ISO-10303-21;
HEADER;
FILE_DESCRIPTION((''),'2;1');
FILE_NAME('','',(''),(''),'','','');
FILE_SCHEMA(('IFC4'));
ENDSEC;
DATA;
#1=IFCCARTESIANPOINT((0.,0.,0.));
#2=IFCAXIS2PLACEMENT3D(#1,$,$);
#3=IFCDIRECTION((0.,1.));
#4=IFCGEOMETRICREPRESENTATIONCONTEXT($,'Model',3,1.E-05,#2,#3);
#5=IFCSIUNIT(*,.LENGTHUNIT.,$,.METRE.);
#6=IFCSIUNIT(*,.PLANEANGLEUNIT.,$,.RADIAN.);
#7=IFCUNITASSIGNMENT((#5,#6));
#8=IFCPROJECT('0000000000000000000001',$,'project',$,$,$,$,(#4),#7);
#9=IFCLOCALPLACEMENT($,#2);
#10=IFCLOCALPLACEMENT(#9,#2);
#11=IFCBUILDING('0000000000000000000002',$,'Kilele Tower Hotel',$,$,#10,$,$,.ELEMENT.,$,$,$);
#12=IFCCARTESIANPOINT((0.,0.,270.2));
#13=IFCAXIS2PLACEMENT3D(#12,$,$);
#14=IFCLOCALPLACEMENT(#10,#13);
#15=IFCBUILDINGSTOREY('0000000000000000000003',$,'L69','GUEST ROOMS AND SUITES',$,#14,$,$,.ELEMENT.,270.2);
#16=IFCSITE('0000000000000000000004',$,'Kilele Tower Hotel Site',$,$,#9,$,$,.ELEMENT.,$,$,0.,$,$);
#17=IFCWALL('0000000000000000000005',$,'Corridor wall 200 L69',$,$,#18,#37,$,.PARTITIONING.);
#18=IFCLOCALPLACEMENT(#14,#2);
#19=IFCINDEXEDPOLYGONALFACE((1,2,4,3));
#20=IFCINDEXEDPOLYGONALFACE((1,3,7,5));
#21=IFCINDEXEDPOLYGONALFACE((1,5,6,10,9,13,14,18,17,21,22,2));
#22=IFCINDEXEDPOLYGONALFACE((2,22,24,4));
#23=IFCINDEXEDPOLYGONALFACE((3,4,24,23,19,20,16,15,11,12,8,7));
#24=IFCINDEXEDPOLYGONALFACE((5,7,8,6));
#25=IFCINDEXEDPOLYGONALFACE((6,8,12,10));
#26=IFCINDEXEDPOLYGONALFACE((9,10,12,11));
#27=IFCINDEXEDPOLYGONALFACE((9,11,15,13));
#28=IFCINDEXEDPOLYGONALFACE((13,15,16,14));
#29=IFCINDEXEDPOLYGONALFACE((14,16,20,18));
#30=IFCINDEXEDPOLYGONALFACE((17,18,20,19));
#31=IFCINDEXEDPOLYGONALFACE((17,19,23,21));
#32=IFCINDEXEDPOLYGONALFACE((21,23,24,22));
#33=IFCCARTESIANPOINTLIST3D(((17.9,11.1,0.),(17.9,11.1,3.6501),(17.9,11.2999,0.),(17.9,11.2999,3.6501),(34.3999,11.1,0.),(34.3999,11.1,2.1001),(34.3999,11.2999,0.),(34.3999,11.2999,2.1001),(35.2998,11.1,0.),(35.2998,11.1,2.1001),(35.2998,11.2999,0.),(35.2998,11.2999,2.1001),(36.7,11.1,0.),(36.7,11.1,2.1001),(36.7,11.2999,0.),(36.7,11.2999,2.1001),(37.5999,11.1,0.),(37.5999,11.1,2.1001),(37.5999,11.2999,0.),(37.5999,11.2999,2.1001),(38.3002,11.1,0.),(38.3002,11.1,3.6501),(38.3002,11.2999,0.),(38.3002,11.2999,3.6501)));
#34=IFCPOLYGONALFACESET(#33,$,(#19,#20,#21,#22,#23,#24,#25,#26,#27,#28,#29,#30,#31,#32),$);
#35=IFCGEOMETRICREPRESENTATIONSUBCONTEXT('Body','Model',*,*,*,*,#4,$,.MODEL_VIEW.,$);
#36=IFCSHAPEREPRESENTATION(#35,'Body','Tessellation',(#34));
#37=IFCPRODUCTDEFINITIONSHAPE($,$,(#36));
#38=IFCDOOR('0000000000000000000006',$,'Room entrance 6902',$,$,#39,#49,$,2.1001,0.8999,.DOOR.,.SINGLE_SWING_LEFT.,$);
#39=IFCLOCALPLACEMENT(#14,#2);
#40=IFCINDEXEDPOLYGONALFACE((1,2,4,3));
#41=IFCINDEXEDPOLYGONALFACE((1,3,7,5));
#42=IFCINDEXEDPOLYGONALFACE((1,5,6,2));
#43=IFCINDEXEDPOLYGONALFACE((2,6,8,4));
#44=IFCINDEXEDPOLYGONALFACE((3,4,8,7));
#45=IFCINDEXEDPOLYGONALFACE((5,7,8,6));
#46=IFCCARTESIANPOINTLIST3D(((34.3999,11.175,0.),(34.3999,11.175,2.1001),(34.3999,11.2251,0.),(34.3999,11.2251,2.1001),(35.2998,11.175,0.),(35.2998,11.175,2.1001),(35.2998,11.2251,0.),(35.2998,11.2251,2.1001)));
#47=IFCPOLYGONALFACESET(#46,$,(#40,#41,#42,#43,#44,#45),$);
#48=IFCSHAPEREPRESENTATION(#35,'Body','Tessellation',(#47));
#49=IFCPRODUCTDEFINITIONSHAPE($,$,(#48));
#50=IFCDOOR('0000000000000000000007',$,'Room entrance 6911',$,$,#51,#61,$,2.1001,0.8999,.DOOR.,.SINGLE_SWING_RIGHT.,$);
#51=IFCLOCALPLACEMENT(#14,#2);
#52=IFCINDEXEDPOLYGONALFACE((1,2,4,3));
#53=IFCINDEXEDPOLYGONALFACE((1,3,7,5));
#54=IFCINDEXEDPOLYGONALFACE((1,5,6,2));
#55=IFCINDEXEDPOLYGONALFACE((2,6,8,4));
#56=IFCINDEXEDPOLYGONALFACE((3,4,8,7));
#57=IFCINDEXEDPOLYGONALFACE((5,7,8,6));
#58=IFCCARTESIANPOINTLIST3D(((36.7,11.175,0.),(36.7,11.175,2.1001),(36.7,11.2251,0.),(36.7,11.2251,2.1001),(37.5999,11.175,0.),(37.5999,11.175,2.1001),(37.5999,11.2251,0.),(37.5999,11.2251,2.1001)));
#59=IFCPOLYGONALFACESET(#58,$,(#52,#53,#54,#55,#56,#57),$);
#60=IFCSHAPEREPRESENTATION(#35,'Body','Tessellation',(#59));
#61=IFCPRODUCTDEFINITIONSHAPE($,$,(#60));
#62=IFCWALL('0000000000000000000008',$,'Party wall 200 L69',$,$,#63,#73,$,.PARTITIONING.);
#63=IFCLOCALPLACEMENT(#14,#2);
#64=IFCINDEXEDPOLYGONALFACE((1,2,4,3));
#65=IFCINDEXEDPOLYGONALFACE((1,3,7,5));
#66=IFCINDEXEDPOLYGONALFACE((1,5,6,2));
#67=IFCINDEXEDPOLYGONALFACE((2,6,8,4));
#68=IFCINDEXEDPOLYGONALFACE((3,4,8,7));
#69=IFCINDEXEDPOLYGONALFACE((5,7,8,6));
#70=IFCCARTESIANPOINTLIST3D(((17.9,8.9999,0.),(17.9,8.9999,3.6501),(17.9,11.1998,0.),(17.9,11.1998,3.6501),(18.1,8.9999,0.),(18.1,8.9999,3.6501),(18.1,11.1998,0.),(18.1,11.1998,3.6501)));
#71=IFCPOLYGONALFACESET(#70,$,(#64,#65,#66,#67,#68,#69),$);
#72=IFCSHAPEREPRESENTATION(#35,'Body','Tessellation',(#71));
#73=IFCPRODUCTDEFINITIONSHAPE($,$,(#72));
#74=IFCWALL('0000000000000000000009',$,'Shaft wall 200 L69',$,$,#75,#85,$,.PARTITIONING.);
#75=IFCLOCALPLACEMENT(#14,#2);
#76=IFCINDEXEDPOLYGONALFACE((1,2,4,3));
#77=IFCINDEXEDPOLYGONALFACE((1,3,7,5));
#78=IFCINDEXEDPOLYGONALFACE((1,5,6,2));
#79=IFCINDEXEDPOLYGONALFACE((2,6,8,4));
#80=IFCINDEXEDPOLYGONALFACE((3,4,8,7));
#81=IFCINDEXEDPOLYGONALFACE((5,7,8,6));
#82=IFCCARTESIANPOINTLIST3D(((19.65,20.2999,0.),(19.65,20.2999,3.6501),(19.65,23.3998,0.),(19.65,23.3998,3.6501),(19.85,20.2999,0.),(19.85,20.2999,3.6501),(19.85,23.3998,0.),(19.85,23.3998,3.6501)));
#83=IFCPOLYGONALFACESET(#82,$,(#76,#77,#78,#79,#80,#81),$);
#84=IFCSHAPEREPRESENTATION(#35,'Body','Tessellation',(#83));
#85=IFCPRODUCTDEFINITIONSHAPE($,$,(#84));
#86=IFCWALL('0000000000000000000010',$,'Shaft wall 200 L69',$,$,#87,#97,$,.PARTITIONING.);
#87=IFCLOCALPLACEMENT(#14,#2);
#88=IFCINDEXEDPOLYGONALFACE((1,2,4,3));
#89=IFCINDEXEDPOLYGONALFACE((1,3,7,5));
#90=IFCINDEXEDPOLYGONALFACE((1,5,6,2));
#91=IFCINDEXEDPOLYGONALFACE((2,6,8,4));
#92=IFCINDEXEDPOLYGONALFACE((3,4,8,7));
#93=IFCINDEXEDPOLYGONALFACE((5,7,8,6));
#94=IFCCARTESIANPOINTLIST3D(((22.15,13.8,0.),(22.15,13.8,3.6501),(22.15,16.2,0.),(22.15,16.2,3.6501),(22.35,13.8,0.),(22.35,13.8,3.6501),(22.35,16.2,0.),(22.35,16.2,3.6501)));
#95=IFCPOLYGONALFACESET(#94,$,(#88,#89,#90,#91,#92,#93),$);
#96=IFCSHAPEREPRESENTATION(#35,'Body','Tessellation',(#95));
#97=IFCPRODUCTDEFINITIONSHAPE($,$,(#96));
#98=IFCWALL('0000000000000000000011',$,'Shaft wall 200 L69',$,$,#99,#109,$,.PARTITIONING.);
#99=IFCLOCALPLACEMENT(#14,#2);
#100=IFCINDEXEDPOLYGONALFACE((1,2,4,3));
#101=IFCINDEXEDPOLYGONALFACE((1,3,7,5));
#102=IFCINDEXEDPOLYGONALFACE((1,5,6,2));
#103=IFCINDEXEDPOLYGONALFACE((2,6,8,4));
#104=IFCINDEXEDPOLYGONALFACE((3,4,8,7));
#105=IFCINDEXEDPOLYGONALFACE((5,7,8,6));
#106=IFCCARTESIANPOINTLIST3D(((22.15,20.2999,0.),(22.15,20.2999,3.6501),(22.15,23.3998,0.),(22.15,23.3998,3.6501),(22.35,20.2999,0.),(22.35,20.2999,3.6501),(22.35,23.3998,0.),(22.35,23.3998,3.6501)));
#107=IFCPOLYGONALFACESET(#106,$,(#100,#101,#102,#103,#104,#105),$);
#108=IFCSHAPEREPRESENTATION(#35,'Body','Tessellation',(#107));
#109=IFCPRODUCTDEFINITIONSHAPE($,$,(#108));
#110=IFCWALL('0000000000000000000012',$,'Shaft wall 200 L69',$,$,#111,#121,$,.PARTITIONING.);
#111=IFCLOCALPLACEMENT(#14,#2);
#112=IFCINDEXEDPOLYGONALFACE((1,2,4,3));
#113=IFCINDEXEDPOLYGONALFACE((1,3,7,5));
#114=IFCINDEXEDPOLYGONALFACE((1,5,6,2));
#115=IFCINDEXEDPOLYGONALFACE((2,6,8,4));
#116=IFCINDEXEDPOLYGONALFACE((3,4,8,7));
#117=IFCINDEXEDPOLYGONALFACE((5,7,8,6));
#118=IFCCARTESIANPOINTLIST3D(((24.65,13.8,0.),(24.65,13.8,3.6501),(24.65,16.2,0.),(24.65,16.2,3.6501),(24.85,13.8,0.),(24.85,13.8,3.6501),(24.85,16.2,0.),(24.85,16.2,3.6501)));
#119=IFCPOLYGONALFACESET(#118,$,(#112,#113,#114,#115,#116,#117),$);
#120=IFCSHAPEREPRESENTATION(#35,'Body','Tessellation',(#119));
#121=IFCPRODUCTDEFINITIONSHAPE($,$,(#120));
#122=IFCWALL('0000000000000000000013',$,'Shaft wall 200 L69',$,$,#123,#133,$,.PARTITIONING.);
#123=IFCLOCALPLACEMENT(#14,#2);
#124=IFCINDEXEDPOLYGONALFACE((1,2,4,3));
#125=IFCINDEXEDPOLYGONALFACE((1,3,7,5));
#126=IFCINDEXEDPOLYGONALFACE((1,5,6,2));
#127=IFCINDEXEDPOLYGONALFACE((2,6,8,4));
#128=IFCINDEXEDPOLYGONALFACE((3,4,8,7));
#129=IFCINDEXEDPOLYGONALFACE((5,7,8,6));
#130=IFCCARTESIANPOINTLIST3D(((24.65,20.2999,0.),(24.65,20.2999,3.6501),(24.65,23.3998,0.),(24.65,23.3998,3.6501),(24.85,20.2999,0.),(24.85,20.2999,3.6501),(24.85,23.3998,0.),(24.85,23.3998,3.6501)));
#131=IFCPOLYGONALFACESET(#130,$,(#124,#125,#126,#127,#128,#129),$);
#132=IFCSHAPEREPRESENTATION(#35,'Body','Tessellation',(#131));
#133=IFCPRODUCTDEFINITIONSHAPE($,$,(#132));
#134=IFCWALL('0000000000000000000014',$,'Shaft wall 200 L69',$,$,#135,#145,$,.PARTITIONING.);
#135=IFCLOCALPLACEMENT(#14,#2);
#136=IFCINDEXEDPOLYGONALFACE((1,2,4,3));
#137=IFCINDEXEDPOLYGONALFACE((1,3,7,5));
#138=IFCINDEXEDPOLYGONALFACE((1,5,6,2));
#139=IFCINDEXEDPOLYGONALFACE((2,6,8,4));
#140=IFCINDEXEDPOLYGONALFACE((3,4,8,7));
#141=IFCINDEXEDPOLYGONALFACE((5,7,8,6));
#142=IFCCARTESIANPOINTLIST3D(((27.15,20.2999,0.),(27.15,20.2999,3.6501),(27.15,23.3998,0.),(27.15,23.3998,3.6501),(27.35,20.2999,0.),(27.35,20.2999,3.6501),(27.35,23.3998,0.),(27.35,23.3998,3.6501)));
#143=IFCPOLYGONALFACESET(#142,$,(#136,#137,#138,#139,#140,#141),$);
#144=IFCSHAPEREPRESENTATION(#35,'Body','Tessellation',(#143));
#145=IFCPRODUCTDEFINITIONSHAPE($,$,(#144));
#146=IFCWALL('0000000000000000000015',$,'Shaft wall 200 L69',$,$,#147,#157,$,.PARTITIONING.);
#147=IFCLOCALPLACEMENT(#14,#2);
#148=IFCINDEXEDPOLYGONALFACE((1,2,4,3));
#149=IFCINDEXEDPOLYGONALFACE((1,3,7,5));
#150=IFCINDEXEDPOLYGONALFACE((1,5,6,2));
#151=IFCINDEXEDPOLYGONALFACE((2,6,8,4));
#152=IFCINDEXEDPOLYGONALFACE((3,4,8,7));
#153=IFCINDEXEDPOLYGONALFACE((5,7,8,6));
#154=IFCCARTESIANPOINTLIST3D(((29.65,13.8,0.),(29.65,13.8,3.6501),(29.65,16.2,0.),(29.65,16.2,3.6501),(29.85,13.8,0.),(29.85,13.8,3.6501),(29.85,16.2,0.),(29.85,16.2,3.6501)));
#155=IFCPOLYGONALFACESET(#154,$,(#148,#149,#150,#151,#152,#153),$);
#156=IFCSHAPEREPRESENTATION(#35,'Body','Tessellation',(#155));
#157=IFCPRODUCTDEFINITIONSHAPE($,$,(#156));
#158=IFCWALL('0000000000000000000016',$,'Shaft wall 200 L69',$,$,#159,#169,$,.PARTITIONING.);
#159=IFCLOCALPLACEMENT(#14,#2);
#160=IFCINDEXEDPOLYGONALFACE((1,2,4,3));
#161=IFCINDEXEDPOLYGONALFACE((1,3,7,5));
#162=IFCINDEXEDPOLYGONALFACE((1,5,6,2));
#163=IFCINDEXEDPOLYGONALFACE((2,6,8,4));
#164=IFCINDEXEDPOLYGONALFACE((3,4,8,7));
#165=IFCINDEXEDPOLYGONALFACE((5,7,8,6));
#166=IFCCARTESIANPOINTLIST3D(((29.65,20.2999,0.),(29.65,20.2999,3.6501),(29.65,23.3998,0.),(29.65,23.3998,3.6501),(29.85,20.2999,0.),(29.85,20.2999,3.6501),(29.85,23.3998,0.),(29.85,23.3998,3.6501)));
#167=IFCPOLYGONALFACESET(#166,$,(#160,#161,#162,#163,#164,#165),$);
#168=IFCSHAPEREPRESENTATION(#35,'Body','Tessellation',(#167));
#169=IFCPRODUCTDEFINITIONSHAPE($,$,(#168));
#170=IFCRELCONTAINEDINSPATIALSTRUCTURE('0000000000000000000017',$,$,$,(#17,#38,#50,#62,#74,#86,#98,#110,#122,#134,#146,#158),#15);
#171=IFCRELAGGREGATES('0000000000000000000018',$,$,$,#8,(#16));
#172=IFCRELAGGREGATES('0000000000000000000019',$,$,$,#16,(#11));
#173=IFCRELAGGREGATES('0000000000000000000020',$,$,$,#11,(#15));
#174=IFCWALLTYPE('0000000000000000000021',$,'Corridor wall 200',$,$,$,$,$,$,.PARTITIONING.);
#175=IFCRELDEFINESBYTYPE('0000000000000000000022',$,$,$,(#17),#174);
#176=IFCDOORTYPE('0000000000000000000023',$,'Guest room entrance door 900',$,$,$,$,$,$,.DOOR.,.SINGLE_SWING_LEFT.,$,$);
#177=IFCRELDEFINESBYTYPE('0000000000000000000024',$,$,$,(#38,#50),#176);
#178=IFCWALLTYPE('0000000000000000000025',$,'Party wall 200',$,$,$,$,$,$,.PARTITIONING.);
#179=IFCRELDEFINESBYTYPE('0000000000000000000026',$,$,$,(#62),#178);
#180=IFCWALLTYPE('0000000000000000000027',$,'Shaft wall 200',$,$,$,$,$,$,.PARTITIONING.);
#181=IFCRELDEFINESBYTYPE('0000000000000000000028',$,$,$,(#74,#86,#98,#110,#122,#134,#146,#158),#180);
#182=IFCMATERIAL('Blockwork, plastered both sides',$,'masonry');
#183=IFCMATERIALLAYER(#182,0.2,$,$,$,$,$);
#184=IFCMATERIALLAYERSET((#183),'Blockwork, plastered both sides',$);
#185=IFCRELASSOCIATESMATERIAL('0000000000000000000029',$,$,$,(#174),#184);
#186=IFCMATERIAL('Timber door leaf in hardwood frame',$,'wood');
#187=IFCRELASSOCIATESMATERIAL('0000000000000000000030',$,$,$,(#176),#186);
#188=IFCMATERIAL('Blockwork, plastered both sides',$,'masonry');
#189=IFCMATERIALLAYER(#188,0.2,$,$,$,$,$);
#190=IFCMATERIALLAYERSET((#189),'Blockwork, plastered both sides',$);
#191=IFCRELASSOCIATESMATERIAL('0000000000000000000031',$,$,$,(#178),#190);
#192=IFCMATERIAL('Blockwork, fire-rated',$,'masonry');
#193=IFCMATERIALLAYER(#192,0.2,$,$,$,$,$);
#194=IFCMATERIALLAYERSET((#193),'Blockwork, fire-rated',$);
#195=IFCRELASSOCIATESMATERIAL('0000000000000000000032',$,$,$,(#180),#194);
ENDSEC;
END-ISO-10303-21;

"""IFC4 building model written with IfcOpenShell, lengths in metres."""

from ifc_helpers import new_model, si_unit, direction, frame, frame_2d, origin, place, context, subcontext, project, spatial, rectangle, extrude, material, layer, layer_set, type_object, element, fill, save


model = new_model("IFC4")

# Units and contexts
model_context = context("Model", 3, precision=1e-05, world=origin(), true_north=direction((0.0, 1.0)))
body_context = subcontext(model_context, "Body", "Model", "MODEL_VIEW")
ifc_project = project(units=[si_unit("LENGTHUNIT", "METRE"), si_unit("PLANEANGLEUNIT", "RADIAN")], contexts=[model_context])

# Site, building, storey
site_placement = place(None, origin())
site = spatial("IfcSite", under=ifc_project, at=site_placement, Name="Kilele Tower Hotel Site", CompositionType="ELEMENT", RefElevation=0.0)
building_placement = place(site_placement, origin())
building = spatial("IfcBuilding", under=site, at=building_placement, Name="Kilele Tower Hotel", CompositionType="ELEMENT")
storey_placement = place(building_placement, frame((0.0, 0.0, 270.2)))
storey = spatial("IfcBuildingStorey", under=building, at=storey_placement, Name="L69", Description="GUEST ROOMS AND SUITES", CompositionType="ELEMENT", Elevation=270.2)

# Wall, openings, doors
ifc_material_1 = material(Name="Blockwork, plastered both sides", Category="masonry")
ifc_layer_1 = layer(ifc_material_1, 0.2)
ifc_layer_set_1 = layer_set([ifc_layer_1], Name="Blockwork, plastered both sides")
wall_type_1 = type_object("IfcWallType", Name="Corridor wall 200", PredefinedType="PARTITIONING", material=ifc_layer_set_1)
wall_1_placement = place(storey_placement, frame((17.8999, 11.2, 0.0), z_axis=(0.0, 0.0, 1.0), x_axis=(1.0, 0.0, 0.0)))
wall_1 = element("IfcWall", 1, at=wall_1_placement, inside=storey, type_object=wall_type_1, Name="Corridor wall 200 L69", PredefinedType="PARTITIONING", context=body_context, shape_type="SweptSolid", body=[
    extrude(rectangle(XDim=20.4001, YDim=0.2, at=frame_2d((10.2002, 0.0))), origin(), (0.0, 0.0, 1.0), 3.6501),
])
opening_1_placement = place(wall_1_placement, frame((17.3999, 0.0, 0.0), z_axis=(0.0, 0.0, 1.0), x_axis=(-1.0, 0.0, 0.0)))
opening_1 = element("IfcOpeningElement", 2, at=opening_1_placement, cuts=wall_1, PredefinedType="OPENING", context=body_context, shape_type="SweptSolid", body=[
    extrude(rectangle(XDim=0.8999, YDim=2.1001, at=frame_2d((0.45, 1.05))), frame((0.0, 0.1099, 0.0), z_axis=(0.0, -1.0, 0.0), x_axis=(1.0, 0.0, 0.0)), (0.0, 0.0, 1.0), 0.22),
])
opening_2_placement = place(wall_1_placement, frame((19.7, 0.0, 0.0), z_axis=(0.0, 0.0, 1.0), x_axis=(-1.0, 0.0, 0.0)))
opening_2 = element("IfcOpeningElement", 3, at=opening_2_placement, cuts=wall_1, PredefinedType="OPENING", context=body_context, shape_type="SweptSolid", body=[
    extrude(rectangle(XDim=0.8999, YDim=2.1001, at=frame_2d((0.45, 1.05))), frame((0.0, 0.1099, 0.0), z_axis=(0.0, -1.0, 0.0), x_axis=(1.0, 0.0, 0.0)), (0.0, 0.0, 1.0), 0.22),
])
ifc_material_2 = material(Name="Timber door leaf in hardwood frame", Category="wood")
door_type_1 = type_object("IfcDoorType", Name="Guest room entrance door 900", OperationType="SINGLE_SWING_LEFT", PredefinedType="DOOR", material=ifc_material_2)
door_1_placement = place(opening_1_placement, origin())
door_1 = element("IfcDoor", 4, at=door_1_placement, inside=storey, type_object=door_type_1, Name="Room entrance 6902", OperationType="SINGLE_SWING_LEFT", OverallHeight=2.1001, OverallWidth=0.8999, PredefinedType="DOOR", context=body_context, shape_type="SweptSolid", body=[
    extrude(rectangle(XDim=0.8999, YDim=2.1001, at=frame_2d((0.45, 1.05))), frame((0.0, 0.0249, 0.0), z_axis=(0.0, -1.0, 0.0), x_axis=(1.0, 0.0, 0.0)), (0.0, 0.0, 1.0), 0.05),
])
fill(opening_1, door_1)
door_2_placement = place(opening_2_placement, origin())
door_2 = element("IfcDoor", 5, at=door_2_placement, inside=storey, type_object=door_type_1, Name="Room entrance 6911", OperationType="SINGLE_SWING_RIGHT", OverallHeight=2.1001, OverallWidth=0.8999, PredefinedType="DOOR", context=body_context, shape_type="SweptSolid", body=[
    extrude(rectangle(XDim=0.8999, YDim=2.1001, at=frame_2d((0.45, 1.05))), frame((0.0, 0.0249, 0.0), z_axis=(0.0, -1.0, 0.0), x_axis=(1.0, 0.0, 0.0)), (0.0, 0.0, 1.0), 0.05),
])
fill(opening_2, door_2)

# Walls
ifc_material_3 = material(Name="Blockwork, plastered both sides", Category="masonry")
ifc_layer_2 = layer(ifc_material_3, 0.2)
ifc_layer_set_2 = layer_set([ifc_layer_2], Name="Blockwork, plastered both sides")
wall_type_2 = type_object("IfcWallType", Name="Party wall 200", PredefinedType="PARTITIONING", material=ifc_layer_set_2)
wall_2_placement = place(storey_placement, frame((18.0, 11.2, 0.0), z_axis=(0.0, 0.0, 1.0), x_axis=(0.0, -1.0, 0.0)))
element("IfcWall", 6, at=wall_2_placement, inside=storey, type_object=wall_type_2, Name="Party wall 200 L69", PredefinedType="PARTITIONING", context=body_context, shape_type="SweptSolid", body=[
    extrude(rectangle(XDim=2.2, YDim=0.2, at=frame_2d((1.1001, 0.0))), origin(), (0.0, 0.0, 1.0), 3.6501),
])
ifc_material_4 = material(Name="Blockwork, fire-rated", Category="masonry")
ifc_layer_3 = layer(ifc_material_4, 0.2)
ifc_layer_set_3 = layer_set([ifc_layer_3], Name="Blockwork, fire-rated")
wall_type_3 = type_object("IfcWallType", Name="Shaft wall 200", PredefinedType="PARTITIONING", material=ifc_layer_set_3)
wall_3_placement = place(storey_placement, frame((19.75, 20.3, 0.0), z_axis=(0.0, 0.0, 1.0), x_axis=(0.0, 1.0, 0.0)))
element("IfcWall", 7, at=wall_3_placement, inside=storey, type_object=wall_type_3, Name="Shaft wall 200 L69", PredefinedType="PARTITIONING", context=body_context, shape_type="SweptSolid", body=[
    extrude(rectangle(XDim=3.0999, YDim=0.2, at=frame_2d((1.5498, 0.0))), origin(), (0.0, 0.0, 1.0), 3.6501),
])
wall_4_placement = place(storey_placement, frame((22.25, 13.8, 0.0), z_axis=(0.0, 0.0, 1.0), x_axis=(0.0, 1.0, 0.0)))
element("IfcWall", 8, at=wall_4_placement, inside=storey, type_object=wall_type_3, Name="Shaft wall 200 L69", PredefinedType="PARTITIONING", context=body_context, shape_type="SweptSolid", body=[
    extrude(rectangle(XDim=2.3999, YDim=0.2, at=frame_2d((1.2, 0.0))), origin(), (0.0, 0.0, 1.0), 3.6501),
])
wall_5_placement = place(storey_placement, frame((22.25, 20.3, 0.0), z_axis=(0.0, 0.0, 1.0), x_axis=(0.0, 1.0, 0.0)))
element("IfcWall", 9, at=wall_5_placement, inside=storey, type_object=wall_type_3, Name="Shaft wall 200 L69", PredefinedType="PARTITIONING", context=body_context, shape_type="SweptSolid", body=[
    extrude(rectangle(XDim=3.0999, YDim=0.2, at=frame_2d((1.5498, 0.0))), origin(), (0.0, 0.0, 1.0), 3.6501),
])
wall_6_placement = place(storey_placement, frame((24.75, 13.8, 0.0), z_axis=(0.0, 0.0, 1.0), x_axis=(0.0, 1.0, 0.0)))
element("IfcWall", 10, at=wall_6_placement, inside=storey, type_object=wall_type_3, Name="Shaft wall 200 L69", PredefinedType="PARTITIONING", context=body_context, shape_type="SweptSolid", body=[
    extrude(rectangle(XDim=2.3999, YDim=0.2, at=frame_2d((1.2, 0.0))), origin(), (0.0, 0.0, 1.0), 3.6501),
])
for number, where, z_axis, x_axis, name in (
    (11, (24.75, 20.3, 0.0), (0.0, 0.0, 1.0), (0.0, 1.0, 0.0), "Shaft wall 200 L69"),
    (12, (27.25, 20.3, 0.0), (0.0, 0.0, 1.0), (0.0, 1.0, 0.0), "Shaft wall 200 L69"),
):
    element("IfcWall", number, at=place(storey_placement, frame(where, z_axis=z_axis, x_axis=x_axis)), inside=storey, type_object=wall_type_3, Name=name, PredefinedType="PARTITIONING", context=body_context, shape_type="SweptSolid", body=[
        extrude(rectangle(XDim=3.0999, YDim=0.2, at=frame_2d((1.5498, 0.0))), origin(), (0.0, 0.0, 1.0), 3.6501),
    ])
wall_7_placement = place(storey_placement, frame((29.75, 13.8, 0.0), z_axis=(0.0, 0.0, 1.0), x_axis=(0.0, 1.0, 0.0)))
element("IfcWall", 13, at=wall_7_placement, inside=storey, type_object=wall_type_3, Name="Shaft wall 200 L69", PredefinedType="PARTITIONING", context=body_context, shape_type="SweptSolid", body=[
    extrude(rectangle(XDim=2.3999, YDim=0.2, at=frame_2d((1.2, 0.0))), origin(), (0.0, 0.0, 1.0), 3.6501),
])
wall_8_placement = place(storey_placement, frame((29.75, 20.3, 0.0), z_axis=(0.0, 0.0, 1.0), x_axis=(0.0, 1.0, 0.0)))
element("IfcWall", 14, at=wall_8_placement, inside=storey, type_object=wall_type_3, Name="Shaft wall 200 L69", PredefinedType="PARTITIONING", context=body_context, shape_type="SweptSolid", body=[
    extrude(rectangle(XDim=3.0999, YDim=0.2, at=frame_2d((1.5498, 0.0))), origin(), (0.0, 0.0, 1.0), 3.6501),
])

save(model, "model.ifc")
